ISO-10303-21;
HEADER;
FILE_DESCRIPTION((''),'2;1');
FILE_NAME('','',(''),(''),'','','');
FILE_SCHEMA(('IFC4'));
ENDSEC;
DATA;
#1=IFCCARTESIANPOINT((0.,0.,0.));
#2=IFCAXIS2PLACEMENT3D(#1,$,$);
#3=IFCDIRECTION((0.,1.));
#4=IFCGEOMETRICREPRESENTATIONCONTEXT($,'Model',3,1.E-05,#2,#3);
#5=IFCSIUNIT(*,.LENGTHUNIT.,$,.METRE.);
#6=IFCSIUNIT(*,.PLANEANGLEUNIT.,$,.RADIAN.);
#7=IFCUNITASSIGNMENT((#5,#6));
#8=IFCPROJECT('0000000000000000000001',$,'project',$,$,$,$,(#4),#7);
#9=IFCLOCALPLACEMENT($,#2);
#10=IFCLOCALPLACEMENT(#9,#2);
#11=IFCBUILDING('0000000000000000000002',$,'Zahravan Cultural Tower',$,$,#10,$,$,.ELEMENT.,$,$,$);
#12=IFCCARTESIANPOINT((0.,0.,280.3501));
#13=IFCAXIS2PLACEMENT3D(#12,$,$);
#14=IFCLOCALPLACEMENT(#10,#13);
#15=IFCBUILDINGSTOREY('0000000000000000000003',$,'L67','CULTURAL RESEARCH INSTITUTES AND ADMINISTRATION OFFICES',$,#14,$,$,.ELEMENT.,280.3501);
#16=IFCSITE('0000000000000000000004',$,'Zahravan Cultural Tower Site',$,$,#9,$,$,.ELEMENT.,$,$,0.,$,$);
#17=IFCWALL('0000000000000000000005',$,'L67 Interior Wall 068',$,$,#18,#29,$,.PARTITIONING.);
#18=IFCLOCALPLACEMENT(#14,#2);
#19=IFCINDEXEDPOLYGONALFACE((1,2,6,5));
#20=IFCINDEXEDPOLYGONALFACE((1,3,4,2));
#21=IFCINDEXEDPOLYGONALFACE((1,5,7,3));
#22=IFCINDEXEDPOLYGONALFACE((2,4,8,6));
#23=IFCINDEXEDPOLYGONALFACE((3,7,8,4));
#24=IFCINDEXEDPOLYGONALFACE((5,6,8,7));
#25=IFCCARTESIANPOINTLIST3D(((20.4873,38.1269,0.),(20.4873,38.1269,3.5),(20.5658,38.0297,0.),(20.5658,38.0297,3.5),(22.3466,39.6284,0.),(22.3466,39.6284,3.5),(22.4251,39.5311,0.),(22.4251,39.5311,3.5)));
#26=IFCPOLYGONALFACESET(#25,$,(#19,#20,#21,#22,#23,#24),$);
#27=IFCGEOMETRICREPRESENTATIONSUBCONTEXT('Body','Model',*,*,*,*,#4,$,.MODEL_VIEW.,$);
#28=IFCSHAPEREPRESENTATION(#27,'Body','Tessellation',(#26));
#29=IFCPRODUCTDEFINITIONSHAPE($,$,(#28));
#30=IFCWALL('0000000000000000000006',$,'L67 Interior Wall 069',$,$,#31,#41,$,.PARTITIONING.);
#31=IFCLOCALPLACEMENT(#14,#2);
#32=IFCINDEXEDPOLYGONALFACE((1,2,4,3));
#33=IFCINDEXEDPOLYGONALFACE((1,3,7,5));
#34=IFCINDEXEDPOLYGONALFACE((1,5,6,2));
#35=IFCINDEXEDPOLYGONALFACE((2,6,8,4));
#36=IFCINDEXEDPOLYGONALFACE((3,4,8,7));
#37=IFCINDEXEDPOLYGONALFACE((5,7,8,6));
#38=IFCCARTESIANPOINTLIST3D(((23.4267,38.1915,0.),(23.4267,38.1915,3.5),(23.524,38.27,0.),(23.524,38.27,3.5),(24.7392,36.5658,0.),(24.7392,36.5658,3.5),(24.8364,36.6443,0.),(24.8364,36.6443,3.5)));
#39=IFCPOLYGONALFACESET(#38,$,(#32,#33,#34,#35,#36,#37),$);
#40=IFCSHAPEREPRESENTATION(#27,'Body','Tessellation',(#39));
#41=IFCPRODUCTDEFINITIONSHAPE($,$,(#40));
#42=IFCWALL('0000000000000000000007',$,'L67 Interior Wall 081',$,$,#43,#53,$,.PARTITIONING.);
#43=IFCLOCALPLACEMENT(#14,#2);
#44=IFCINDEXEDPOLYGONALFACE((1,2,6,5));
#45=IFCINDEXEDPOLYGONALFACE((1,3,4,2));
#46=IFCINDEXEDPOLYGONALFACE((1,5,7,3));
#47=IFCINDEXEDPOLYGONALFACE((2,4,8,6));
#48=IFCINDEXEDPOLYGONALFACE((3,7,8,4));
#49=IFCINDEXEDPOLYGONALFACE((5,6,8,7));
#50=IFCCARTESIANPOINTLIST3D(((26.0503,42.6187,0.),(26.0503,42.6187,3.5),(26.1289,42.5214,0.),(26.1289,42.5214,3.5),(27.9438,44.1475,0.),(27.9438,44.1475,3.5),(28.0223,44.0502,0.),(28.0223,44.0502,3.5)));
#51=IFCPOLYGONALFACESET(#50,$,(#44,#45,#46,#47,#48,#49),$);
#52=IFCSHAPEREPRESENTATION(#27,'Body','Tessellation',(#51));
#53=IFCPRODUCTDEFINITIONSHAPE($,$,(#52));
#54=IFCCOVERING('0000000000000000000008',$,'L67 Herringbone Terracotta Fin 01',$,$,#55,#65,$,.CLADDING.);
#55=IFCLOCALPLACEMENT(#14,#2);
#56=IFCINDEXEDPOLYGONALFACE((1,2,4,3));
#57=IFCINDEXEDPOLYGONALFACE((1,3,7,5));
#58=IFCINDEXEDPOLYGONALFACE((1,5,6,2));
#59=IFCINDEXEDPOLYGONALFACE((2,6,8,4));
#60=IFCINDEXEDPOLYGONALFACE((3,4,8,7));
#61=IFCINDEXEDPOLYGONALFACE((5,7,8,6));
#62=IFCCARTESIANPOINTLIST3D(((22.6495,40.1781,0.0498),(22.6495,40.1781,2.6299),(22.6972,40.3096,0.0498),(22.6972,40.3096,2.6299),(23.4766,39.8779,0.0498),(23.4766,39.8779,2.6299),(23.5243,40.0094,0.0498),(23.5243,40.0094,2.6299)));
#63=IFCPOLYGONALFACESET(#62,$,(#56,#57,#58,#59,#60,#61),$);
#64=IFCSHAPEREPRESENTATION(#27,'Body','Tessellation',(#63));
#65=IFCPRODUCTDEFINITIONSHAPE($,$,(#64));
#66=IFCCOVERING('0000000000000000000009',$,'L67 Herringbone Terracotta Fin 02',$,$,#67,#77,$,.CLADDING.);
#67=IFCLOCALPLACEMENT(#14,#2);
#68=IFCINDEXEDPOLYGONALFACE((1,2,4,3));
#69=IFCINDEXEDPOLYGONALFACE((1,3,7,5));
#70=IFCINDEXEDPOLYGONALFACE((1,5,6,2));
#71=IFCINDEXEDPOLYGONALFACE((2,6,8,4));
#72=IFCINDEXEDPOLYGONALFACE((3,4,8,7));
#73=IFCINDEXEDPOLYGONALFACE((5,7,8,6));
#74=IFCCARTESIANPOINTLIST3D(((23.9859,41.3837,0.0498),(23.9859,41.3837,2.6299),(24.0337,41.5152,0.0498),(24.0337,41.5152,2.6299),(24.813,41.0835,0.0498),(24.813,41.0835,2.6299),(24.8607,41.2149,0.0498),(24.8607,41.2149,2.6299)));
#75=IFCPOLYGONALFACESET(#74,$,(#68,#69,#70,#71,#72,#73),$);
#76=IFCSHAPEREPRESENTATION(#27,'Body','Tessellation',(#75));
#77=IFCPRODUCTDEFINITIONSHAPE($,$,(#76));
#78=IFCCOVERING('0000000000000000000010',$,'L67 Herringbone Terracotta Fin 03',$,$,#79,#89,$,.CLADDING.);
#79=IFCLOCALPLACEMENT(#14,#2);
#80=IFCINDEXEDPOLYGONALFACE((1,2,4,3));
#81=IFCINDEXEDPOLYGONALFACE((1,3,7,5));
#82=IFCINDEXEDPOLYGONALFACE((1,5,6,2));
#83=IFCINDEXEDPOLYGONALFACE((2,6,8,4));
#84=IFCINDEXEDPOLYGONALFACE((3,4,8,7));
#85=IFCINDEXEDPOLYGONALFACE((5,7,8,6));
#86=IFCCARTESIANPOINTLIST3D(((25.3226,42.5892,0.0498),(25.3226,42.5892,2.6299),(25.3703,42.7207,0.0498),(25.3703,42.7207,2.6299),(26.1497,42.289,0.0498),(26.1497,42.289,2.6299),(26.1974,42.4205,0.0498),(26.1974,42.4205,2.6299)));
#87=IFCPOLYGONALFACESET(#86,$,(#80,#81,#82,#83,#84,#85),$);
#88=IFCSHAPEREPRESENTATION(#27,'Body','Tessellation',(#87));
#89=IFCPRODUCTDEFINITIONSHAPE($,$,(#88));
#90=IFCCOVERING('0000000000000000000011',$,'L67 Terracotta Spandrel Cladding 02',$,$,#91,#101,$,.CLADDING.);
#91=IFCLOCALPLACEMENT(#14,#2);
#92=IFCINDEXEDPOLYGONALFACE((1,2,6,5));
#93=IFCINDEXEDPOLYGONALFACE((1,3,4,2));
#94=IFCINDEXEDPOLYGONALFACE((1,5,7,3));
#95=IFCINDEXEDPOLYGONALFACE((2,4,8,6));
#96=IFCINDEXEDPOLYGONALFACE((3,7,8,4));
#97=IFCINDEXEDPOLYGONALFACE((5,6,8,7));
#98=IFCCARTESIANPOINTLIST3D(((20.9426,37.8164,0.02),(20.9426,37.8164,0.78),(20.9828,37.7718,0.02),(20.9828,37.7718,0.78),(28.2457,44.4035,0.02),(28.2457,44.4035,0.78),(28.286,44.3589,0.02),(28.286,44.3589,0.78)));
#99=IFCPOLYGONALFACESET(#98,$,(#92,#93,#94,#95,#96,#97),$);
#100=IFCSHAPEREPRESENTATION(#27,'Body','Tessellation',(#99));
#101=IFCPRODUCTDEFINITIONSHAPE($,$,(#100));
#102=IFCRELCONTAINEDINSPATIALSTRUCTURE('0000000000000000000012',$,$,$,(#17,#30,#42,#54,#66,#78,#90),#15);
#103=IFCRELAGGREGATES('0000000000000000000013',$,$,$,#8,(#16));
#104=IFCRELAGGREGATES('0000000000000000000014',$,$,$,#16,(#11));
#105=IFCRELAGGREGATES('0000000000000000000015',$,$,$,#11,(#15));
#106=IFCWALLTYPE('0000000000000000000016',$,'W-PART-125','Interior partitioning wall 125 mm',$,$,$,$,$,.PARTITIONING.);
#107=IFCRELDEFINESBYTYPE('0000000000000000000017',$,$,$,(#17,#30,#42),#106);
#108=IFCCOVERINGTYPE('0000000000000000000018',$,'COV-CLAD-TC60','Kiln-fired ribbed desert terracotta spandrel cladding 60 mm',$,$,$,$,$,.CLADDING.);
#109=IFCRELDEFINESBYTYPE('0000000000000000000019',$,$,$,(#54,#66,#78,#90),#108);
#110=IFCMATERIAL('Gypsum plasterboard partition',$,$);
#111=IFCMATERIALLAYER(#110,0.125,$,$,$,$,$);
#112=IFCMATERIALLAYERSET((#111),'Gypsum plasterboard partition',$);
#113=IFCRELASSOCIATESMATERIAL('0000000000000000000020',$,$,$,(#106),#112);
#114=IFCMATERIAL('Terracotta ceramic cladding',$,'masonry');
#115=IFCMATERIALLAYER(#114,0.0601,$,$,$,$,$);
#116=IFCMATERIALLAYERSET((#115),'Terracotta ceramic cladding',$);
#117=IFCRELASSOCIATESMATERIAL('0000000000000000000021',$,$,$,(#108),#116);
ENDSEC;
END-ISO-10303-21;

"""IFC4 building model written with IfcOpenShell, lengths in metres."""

from ifc_helpers import new_model, si_unit, direction, frame, frame_2d, origin, origin_2d, place, context, subcontext, project, spatial, rectangle, extrude, source, transform, mapped, material, layer, layer_set, type_object, element, save


model = new_model("IFC4")

# Units and contexts
model_context = context("Model", 3, precision=1e-05, world=origin(), true_north=direction((0.0, 1.0)))
body_context = subcontext(model_context, "Body", "Model", "MODEL_VIEW")
ifc_project = project(units=[si_unit("LENGTHUNIT", "METRE"), si_unit("PLANEANGLEUNIT", "RADIAN")], contexts=[model_context])

# Site, building, storey
site_placement = place(None, origin())
site = spatial("IfcSite", under=ifc_project, at=site_placement, Name="Zahravan Cultural Tower Site", CompositionType="ELEMENT", RefElevation=0.0)
building_placement = place(site_placement, origin())
building = spatial("IfcBuilding", under=site, at=building_placement, Name="Zahravan Cultural Tower", CompositionType="ELEMENT")
storey_placement = place(building_placement, frame((0.0, 0.0, 280.3501)))
storey = spatial("IfcBuildingStorey", under=building, at=storey_placement, Name="L67", Description="CULTURAL RESEARCH INSTITUTES AND ADMINISTRATION OFFICES", CompositionType="ELEMENT", Elevation=280.3501)

# Shared definitions
ifc_material_1 = material(Name="Gypsum plasterboard partition")
ifc_layer_1 = layer(ifc_material_1, 0.125)
ifc_layer_set_1 = layer_set([ifc_layer_1], Name="Gypsum plasterboard partition")
wall_type_1 = type_object("IfcWallType", Name="W-PART-125", Description="Interior partitioning wall 125 mm", PredefinedType="PARTITIONING", material=ifc_layer_set_1)

# Walls
shared_shape_1 = source(origin(), body_context, "Body", "SweptSolid", [
    extrude(rectangle(XDim=2.3899, YDim=0.125, at=frame_2d((1.1948, 0.0))), origin(), (0.0, 0.0, 1.0), 3.5),
])
wall_1_placement = place(storey_placement, frame((20.5266, 38.0784, 0.0), z_axis=(0.0, 0.0, 1.0), x_axis=(0.77801, 0.628252, 0.0)))
element("IfcWall", 1, at=wall_1_placement, inside=storey, type_object=wall_type_1, Name="L67 Interior Wall 068", PredefinedType="PARTITIONING", context=body_context, shape_type="MappedRepresentation", body=[
    mapped(shared_shape_1, transform((0.0, 0.0, 0.0), x_axis=(1.0, 0.0, 0.0), y_axis=(0.0, 1.0, 0.0), z_axis=(0.0, 0.0, 1.0), scale=1.0)),
])
shared_shape_2 = source(origin(), body_context, "Body", "SweptSolid", [
    extrude(rectangle(XDim=2.0894, YDim=0.125, at=frame_2d((1.0447, 0.0))), origin(), (0.0, 0.0, 1.0), 3.5),
])
wall_2_placement = place(storey_placement, frame((23.4753, 38.2307, 0.0), z_axis=(0.0, 0.0, 1.0), x_axis=(0.628166, -0.77808, 0.0)))
element("IfcWall", 2, at=wall_2_placement, inside=storey, type_object=wall_type_1, Name="L67 Interior Wall 069", PredefinedType="PARTITIONING", context=body_context, shape_type="MappedRepresentation", body=[
    mapped(shared_shape_2, transform((0.0, 0.0, 0.0), x_axis=(1.0, 0.0, 0.0), y_axis=(0.0, 1.0, 0.0), z_axis=(0.0, 0.0, 1.0), scale=1.0)),
])
shared_shape_3 = source(origin(), body_context, "Body", "SweptSolid", [
    extrude(rectangle(XDim=2.4336, YDim=0.125, at=frame_2d((1.2168, 0.0))), origin(), (0.0, 0.0, 1.0), 3.5),
])
wall_3_placement = place(storey_placement, frame((26.0896, 42.5701, 0.0), z_axis=(0.0, 0.0, 1.0), x_axis=(0.778062, 0.628188, 0.0)))
element("IfcWall", 3, at=wall_3_placement, inside=storey, type_object=wall_type_1, Name="L67 Interior Wall 081", PredefinedType="PARTITIONING", context=body_context, shape_type="MappedRepresentation", body=[
    mapped(shared_shape_3, transform((0.0, 0.0, 0.0), x_axis=(1.0, 0.0, 0.0), y_axis=(0.0, 1.0, 0.0), z_axis=(0.0, 0.0, 1.0), scale=1.0)),
])

# Coverings
ifc_material_2 = material(Name="Terracotta ceramic cladding", Category="masonry")
ifc_layer_2 = layer(ifc_material_2, 0.0601)
ifc_layer_set_2 = layer_set([ifc_layer_2], Name="Terracotta ceramic cladding")
covering_type = type_object("IfcCoveringType", Name="COV-CLAD-TC60", Description="Kiln-fired ribbed desert terracotta spandrel cladding 60 mm", PredefinedType="CLADDING", material=ifc_layer_set_2)
shared_shape_4 = source(origin(), body_context, "Body", "SweptSolid", [
    extrude(rectangle(XDim=0.8799, YDim=0.1399, at=origin_2d()), origin(), (0.0, 0.0, 1.0), 2.5801),
])
for number, where, z_axis, x_axis, name in (
    (4, (23.0869, 40.0938, 0.0498), (0.0, 0.0, 1.0), (-0.939985, 0.341216, 0.0), "L67 Herringbone Terracotta Fin 01"),
    (5, (24.4233, 41.2993, 0.0498), (0.0, 0.0, 1.0), (-0.939985, 0.341216, 0.0), "L67 Herringbone Terracotta Fin 02"),
    (6, (25.76, 42.5049, 0.0498), (0.0, 0.0, 1.0), (-0.939985, 0.341216, 0.0), "L67 Herringbone Terracotta Fin 03"),
):
    element("IfcCovering", number, at=place(storey_placement, frame(where, z_axis=z_axis, x_axis=x_axis)), inside=storey, type_object=covering_type, Name=name, PredefinedType="CLADDING", context=body_context, shape_type="MappedRepresentation", body=[
        mapped(shared_shape_4, transform((0.0, 0.0, 0.0), x_axis=(1.0, 0.0, 0.0), y_axis=(0.0, 1.0, 0.0), z_axis=(0.0, 0.0, 1.0), scale=1.0)),
    ])
shared_shape_5 = source(origin(), body_context, "Body", "SweptSolid", [
    extrude(rectangle(XDim=9.835, YDim=0.0601, at=origin_2d()), origin(), (0.0, 0.0, 1.0), 0.76),
])
covering_placement = place(storey_placement, frame((24.6143, 41.0876, 0.02), z_axis=(0.0, 0.0, 1.0), x_axis=(0.742572, 0.669766, 0.0)))
element("IfcCovering", 7, at=covering_placement, inside=storey, type_object=covering_type, Name="L67 Terracotta Spandrel Cladding 02", PredefinedType="CLADDING", context=body_context, shape_type="MappedRepresentation", body=[
    mapped(shared_shape_5, transform((0.0, 0.0, 0.0), x_axis=(1.0, 0.0, 0.0), y_axis=(0.0, 1.0, 0.0), z_axis=(0.0, 0.0, 1.0), scale=1.0)),
])

save(model, "model.ifc")
